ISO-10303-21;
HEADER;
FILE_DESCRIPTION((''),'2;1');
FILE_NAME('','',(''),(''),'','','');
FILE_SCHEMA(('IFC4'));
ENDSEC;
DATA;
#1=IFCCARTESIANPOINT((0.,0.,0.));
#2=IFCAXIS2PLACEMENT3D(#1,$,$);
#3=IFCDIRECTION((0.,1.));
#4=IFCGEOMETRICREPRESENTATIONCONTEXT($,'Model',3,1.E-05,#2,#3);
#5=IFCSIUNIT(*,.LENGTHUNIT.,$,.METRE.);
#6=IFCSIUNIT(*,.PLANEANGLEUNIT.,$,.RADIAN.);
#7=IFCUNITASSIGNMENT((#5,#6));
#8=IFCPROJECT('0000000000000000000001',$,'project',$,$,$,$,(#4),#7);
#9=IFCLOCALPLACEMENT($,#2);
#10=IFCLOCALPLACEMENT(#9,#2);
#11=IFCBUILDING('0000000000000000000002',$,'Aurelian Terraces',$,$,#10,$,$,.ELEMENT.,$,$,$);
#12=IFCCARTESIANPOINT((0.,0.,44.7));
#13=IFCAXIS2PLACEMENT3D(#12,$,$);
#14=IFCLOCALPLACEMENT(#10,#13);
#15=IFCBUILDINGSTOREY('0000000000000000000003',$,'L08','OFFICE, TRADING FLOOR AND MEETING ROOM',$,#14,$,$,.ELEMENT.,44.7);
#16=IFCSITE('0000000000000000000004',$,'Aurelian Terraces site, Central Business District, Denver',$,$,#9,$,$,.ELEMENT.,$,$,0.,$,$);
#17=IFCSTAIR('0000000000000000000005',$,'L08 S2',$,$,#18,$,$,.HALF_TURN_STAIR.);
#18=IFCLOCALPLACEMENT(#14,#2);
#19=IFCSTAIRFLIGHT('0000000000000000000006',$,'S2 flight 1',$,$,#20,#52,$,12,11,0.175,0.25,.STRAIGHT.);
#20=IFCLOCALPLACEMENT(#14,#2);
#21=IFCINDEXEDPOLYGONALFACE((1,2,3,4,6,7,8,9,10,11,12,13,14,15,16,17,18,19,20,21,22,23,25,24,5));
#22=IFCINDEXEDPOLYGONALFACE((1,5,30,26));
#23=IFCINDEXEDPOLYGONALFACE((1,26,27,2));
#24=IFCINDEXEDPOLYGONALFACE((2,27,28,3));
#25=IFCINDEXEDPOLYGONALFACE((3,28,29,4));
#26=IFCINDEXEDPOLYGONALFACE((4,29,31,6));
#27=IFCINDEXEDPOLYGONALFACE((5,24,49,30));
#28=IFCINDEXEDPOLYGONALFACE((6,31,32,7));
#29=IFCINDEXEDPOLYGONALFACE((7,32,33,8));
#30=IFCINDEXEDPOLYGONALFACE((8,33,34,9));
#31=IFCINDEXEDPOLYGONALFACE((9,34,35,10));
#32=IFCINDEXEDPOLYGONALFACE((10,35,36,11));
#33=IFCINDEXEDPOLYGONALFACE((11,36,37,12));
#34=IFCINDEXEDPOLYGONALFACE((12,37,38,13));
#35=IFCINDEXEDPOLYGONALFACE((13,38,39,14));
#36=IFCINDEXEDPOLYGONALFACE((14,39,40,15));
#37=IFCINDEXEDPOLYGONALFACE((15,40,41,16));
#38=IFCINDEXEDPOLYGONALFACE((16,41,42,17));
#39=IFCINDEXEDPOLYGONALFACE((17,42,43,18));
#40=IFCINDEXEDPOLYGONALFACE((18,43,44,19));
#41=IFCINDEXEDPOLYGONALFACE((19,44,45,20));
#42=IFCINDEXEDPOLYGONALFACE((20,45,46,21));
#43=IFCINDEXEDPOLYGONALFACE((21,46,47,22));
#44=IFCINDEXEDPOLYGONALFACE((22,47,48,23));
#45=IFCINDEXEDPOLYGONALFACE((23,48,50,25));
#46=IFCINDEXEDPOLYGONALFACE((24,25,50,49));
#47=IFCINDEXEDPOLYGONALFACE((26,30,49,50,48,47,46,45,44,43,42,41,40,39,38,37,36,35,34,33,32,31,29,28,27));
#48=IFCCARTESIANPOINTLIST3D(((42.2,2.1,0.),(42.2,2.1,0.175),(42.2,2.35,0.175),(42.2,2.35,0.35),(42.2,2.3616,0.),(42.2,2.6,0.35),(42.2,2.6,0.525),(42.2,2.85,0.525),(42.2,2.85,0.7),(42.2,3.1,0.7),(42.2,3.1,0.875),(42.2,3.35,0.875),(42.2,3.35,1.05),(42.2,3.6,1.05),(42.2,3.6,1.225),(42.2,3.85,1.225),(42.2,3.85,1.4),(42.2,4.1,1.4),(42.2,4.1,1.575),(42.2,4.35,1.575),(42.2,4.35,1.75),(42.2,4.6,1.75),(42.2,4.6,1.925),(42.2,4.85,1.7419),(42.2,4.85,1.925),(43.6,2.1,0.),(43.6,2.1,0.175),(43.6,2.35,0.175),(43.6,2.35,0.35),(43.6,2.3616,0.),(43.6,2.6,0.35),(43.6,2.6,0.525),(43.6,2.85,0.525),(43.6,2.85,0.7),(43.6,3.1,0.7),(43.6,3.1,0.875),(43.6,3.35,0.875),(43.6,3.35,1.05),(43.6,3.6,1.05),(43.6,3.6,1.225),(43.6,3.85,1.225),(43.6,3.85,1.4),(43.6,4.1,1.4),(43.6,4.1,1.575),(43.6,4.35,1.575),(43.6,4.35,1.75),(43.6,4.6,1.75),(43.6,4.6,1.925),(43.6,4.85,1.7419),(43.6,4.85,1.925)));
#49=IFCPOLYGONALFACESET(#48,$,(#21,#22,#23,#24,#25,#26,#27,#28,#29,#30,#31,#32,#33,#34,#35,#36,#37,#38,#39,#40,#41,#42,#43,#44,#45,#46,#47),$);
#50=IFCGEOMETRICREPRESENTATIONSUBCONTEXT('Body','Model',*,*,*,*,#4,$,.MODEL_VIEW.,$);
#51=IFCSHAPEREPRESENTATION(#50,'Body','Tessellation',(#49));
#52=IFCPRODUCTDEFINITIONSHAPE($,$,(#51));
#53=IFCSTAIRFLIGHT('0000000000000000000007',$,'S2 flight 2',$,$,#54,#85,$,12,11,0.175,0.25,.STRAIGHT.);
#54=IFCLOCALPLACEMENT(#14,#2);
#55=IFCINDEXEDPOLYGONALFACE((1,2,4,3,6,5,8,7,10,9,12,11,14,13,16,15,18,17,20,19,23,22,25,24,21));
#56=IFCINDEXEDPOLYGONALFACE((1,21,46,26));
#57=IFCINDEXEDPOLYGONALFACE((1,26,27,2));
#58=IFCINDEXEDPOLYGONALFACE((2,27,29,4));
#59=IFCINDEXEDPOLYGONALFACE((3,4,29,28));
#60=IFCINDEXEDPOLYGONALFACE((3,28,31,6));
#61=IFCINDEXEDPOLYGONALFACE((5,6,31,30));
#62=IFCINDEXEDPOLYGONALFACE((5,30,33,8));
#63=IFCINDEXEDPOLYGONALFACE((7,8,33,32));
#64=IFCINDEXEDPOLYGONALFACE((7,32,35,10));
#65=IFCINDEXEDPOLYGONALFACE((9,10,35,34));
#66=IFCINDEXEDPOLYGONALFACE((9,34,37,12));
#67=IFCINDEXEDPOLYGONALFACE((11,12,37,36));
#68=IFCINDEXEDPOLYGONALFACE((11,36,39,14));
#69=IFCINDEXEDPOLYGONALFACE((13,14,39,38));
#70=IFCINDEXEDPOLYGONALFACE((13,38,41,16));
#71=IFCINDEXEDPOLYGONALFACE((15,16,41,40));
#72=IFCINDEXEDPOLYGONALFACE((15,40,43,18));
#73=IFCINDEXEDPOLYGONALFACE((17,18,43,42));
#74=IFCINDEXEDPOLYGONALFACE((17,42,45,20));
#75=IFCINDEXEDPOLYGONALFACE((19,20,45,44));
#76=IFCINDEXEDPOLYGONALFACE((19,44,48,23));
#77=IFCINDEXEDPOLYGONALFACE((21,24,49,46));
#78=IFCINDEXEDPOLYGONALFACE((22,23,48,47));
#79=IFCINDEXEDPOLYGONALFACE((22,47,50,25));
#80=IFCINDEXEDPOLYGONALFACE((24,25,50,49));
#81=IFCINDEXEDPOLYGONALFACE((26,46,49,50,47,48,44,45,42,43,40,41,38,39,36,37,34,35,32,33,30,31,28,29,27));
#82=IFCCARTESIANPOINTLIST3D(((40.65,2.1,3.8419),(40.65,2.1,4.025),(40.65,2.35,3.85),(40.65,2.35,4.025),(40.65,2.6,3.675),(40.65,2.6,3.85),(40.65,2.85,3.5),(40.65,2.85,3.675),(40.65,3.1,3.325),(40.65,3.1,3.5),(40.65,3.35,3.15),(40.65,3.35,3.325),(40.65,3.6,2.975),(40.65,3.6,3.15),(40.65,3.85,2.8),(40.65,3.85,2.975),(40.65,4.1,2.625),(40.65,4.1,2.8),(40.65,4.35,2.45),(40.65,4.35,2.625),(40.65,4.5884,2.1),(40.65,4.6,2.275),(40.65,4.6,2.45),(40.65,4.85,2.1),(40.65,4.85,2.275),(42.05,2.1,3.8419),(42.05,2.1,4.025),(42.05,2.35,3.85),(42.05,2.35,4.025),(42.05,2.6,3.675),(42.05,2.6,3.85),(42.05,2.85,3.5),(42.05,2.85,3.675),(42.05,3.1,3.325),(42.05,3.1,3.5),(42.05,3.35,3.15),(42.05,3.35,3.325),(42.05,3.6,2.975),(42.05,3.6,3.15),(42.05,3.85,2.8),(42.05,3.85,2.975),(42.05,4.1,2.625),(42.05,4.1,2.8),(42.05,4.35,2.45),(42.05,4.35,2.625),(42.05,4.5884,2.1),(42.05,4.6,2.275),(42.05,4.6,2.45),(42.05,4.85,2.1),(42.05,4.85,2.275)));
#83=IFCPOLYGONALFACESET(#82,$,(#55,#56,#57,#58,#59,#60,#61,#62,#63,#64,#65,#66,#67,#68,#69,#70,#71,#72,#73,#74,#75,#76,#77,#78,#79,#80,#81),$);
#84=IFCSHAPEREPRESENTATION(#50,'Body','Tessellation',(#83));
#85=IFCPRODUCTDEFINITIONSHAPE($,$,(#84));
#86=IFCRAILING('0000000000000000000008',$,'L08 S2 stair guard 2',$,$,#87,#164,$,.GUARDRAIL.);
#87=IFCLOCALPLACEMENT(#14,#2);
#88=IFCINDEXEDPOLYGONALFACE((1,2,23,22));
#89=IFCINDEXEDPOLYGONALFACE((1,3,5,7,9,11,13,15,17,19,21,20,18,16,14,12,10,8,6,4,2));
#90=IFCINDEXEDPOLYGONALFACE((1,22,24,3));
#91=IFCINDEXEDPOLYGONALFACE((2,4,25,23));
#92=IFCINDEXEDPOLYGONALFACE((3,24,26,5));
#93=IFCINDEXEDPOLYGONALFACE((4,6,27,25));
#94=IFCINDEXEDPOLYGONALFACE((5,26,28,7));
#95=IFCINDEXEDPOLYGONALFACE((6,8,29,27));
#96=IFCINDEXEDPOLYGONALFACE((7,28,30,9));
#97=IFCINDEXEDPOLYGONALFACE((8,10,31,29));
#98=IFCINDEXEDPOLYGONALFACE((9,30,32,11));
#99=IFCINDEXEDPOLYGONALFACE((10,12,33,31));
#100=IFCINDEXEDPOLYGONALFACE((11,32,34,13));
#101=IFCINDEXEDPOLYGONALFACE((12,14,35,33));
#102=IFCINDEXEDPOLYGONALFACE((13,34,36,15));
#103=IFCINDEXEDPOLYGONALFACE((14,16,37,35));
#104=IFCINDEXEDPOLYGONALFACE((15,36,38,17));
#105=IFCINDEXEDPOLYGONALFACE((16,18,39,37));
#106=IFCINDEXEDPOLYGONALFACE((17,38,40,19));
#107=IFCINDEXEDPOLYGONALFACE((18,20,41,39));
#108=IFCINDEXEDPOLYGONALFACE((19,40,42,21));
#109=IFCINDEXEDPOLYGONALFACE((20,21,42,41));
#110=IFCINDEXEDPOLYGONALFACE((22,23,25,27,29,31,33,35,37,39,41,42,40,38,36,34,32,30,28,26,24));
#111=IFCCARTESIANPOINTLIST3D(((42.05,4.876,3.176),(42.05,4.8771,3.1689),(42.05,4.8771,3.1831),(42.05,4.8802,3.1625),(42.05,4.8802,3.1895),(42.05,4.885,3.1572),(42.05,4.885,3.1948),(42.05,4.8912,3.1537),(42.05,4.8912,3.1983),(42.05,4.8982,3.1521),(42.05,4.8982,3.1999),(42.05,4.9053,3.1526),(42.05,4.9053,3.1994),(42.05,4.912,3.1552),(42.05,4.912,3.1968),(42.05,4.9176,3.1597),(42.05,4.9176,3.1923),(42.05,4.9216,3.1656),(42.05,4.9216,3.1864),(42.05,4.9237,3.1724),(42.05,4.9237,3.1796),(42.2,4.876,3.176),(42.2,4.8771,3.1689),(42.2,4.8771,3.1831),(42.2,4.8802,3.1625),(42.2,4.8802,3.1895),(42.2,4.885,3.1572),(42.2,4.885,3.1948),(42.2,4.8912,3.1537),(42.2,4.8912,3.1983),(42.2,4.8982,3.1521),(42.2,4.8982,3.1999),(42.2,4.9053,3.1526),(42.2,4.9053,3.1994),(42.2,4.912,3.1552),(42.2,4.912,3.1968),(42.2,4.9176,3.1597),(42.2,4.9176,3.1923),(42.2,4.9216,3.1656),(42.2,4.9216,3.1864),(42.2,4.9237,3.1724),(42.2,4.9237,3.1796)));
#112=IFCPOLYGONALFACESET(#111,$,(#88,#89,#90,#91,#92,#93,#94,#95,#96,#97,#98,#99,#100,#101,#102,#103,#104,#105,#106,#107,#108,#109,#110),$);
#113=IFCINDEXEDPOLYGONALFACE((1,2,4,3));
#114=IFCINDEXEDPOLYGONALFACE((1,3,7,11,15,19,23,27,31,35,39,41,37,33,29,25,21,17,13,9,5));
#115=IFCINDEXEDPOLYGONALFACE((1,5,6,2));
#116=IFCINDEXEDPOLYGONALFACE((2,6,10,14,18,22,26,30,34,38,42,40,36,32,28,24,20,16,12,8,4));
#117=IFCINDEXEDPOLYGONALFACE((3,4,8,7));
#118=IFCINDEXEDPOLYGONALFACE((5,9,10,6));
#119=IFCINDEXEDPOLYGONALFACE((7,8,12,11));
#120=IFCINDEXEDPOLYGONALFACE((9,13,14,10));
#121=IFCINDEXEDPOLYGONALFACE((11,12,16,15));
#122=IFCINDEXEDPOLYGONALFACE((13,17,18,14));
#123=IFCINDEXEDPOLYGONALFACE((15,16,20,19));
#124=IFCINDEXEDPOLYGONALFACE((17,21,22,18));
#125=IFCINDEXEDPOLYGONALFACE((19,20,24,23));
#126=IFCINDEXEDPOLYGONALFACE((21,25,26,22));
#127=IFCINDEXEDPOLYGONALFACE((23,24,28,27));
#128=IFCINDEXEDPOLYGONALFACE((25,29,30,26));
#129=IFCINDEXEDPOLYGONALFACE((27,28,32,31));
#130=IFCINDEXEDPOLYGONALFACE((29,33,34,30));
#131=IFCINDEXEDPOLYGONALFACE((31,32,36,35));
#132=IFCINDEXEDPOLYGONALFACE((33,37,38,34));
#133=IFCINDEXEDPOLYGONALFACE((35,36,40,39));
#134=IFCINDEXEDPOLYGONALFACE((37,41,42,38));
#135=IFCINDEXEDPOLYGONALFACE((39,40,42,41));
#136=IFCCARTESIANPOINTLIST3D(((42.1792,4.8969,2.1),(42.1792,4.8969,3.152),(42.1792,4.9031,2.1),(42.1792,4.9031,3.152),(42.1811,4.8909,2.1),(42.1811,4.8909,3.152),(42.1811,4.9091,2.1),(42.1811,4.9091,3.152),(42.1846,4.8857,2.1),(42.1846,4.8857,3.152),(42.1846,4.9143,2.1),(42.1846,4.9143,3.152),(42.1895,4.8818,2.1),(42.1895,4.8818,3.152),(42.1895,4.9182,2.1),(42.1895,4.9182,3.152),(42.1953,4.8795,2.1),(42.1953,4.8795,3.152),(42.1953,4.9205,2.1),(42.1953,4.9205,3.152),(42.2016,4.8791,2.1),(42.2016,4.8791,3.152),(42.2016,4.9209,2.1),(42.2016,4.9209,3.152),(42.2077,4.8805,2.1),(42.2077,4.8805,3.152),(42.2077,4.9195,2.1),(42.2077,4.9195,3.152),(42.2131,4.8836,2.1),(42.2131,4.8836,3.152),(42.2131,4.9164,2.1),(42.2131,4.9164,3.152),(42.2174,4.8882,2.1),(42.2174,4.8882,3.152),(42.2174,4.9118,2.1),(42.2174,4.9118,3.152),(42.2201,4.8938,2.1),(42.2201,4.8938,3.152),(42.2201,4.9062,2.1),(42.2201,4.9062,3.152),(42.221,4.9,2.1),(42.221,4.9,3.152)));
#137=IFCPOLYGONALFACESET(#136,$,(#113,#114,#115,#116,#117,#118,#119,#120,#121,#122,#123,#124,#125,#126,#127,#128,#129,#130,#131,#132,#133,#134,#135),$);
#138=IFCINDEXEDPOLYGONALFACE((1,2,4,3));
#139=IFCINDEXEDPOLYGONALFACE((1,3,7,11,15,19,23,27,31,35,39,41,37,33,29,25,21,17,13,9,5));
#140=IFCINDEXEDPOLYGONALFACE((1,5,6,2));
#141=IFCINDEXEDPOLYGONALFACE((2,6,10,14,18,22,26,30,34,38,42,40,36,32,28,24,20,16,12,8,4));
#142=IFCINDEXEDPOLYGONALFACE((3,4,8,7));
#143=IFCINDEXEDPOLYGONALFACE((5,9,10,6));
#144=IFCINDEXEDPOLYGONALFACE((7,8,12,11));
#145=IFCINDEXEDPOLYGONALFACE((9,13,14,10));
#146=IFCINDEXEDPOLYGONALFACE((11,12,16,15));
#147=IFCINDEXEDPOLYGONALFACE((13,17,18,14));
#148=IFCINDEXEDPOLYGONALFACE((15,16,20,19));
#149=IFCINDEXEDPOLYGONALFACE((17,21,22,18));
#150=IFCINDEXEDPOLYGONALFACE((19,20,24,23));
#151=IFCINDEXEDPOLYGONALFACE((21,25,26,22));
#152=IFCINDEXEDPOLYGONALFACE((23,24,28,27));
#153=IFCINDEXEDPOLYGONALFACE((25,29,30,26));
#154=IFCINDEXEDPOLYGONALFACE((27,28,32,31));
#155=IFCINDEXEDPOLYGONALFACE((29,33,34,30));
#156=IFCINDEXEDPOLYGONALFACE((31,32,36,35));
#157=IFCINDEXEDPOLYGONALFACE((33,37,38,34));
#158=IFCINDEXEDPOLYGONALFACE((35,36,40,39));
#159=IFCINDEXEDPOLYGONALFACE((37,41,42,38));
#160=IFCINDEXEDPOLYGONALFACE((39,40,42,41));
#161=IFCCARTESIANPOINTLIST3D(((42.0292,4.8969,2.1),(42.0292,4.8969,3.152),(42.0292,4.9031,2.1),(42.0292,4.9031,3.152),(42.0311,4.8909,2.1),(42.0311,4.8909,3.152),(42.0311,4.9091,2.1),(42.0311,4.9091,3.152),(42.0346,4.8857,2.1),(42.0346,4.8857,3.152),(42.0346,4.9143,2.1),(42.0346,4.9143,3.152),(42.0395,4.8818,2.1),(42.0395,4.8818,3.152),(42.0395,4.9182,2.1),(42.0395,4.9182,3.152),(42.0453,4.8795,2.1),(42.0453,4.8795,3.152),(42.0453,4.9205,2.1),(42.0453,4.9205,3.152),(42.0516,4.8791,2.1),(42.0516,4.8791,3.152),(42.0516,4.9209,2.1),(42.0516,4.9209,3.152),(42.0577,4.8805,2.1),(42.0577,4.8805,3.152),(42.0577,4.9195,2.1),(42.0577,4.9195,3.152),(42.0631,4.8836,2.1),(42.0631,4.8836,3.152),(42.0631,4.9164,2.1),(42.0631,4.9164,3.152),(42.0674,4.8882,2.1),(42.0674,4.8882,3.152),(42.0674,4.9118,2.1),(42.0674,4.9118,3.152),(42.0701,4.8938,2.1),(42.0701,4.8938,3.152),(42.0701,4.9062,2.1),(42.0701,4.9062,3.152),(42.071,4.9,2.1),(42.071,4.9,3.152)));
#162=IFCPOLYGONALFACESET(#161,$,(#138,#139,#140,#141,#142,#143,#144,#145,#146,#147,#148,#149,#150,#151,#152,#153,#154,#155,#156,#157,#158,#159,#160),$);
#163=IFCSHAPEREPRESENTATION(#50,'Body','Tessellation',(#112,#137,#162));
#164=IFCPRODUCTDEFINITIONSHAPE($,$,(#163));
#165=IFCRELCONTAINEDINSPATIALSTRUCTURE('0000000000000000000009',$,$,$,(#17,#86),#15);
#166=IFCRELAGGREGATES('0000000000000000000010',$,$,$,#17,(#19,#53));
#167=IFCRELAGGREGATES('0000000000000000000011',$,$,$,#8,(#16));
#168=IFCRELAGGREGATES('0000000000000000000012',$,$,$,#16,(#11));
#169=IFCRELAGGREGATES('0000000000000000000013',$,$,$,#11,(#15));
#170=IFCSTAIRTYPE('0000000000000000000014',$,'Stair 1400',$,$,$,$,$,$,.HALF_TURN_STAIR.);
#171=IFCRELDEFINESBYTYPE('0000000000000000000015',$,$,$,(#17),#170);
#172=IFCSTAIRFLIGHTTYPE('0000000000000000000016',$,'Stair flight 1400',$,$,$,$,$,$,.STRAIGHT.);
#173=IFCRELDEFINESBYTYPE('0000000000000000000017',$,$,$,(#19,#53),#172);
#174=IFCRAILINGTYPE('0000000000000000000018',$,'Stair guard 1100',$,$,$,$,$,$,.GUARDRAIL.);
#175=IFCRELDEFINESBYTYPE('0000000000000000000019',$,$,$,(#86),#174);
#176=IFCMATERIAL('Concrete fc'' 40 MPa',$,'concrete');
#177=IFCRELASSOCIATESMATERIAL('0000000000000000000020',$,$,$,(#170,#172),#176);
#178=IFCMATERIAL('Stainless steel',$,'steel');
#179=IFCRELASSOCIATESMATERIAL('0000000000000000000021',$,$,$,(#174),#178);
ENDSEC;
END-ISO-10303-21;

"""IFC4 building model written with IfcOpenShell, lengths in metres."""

from ifc_helpers import new_model, si_unit, direction, frame, origin, origin_2d, place, context, subcontext, project, spatial, polyline, circle, outline, extrude, source, transform, mapped, material, type_object, element, aggregate, save


model = new_model("IFC4")

# Units and contexts
model_context = context("Model", 3, precision=1e-05, world=origin(), true_north=direction((0.0, 1.0)))
body_context = subcontext(model_context, "Body", "Model", "MODEL_VIEW")
ifc_project = project(units=[si_unit("LENGTHUNIT", "METRE"), si_unit("PLANEANGLEUNIT", "RADIAN")], contexts=[model_context])

# Site, building, storey
site_placement = place(None, origin())
site = spatial("IfcSite", under=ifc_project, at=site_placement, Name="Aurelian Terraces site, Central Business District, Denver", CompositionType="ELEMENT", RefElevation=0.0)
building_placement = place(site_placement, origin())
building = spatial("IfcBuilding", under=site, at=building_placement, Name="Aurelian Terraces", CompositionType="ELEMENT")
storey_placement = place(building_placement, frame((0.0, 0.0, 44.7)))
storey = spatial("IfcBuildingStorey", under=building, at=storey_placement, Name="L08", Description="OFFICE, TRADING FLOOR AND MEETING ROOM", CompositionType="ELEMENT", Elevation=44.7)

# Shared definitions
ifc_material_1 = material(Name="Concrete fc' 40 MPa", Category="concrete")

# Stair, stair flights
stair_type = type_object("IfcStairType", Name="Stair 1400", PredefinedType="HALF_TURN_STAIR", material=ifc_material_1)
stair_placement = place(storey_placement, origin())
stair = element("IfcStair", 1, at=stair_placement, inside=storey, type_object=stair_type, Name="L08 S2", PredefinedType="HALF_TURN_STAIR")
stair_flight_type = type_object("IfcStairFlightType", Name="Stair flight 1400", PredefinedType="STRAIGHT", material=ifc_material_1)
shared_shape_1 = source(origin(), body_context, "Body", "SweptSolid", [
    extrude(outline(polyline([(0.0, 0.0), (0.0, 0.175), (0.25, 0.175), (0.25, 0.35), (0.5, 0.35), (0.5, 0.525), (0.75, 0.525), (0.75, 0.7), (1.0, 0.7), (1.0, 0.875), (1.25, 0.875), (1.25, 1.05), (1.5, 1.05), (1.5, 1.225), (1.75, 1.225), (1.75, 1.4), (2.0, 1.4), (2.0, 1.575), (2.25, 1.575), (2.25, 1.75), (2.5, 1.75), (2.5, 1.925), (2.75, 1.925), (2.75, 2.1), (2.75, 1.7419), (0.2616, 0.0), (0.0, 0.0)])), frame((0.0, 0.7, 0.0), z_axis=(0.0, -1.0, 0.0), x_axis=(1.0, 0.0, 0.0)), (0.0, 0.0, 1.0), 1.4),
])
stair_flight_1_placement = place(storey_placement, frame((42.9, 2.1, 0.0), z_axis=(0.0, 0.0, 1.0), x_axis=(0.0, 1.0, 0.0)))
stair_flight_1 = element("IfcStairFlight", 2, at=stair_flight_1_placement, type_object=stair_flight_type, Name="S2 flight 1", NumberOfRisers=12, NumberOfTreads=11, PredefinedType="STRAIGHT", RiserHeight=0.175, TreadLength=0.25, context=body_context, shape_type="MappedRepresentation", body=[
    mapped(shared_shape_1, transform((0.0, 0.0, 0.0), scale=1.0)),
])
stair_flight_2_placement = place(storey_placement, frame((41.35, 4.85, 2.1), z_axis=(0.0, 0.0, 1.0), x_axis=(0.0, -1.0, 0.0)))
stair_flight_2 = element("IfcStairFlight", 3, at=stair_flight_2_placement, type_object=stair_flight_type, Name="S2 flight 2", NumberOfRisers=12, NumberOfTreads=11, PredefinedType="STRAIGHT", RiserHeight=0.175, TreadLength=0.25, context=body_context, shape_type="MappedRepresentation", body=[
    mapped(shared_shape_1, transform((0.0, 0.0, 0.0), scale=1.0)),
])
aggregate(stair, [stair_flight_1, stair_flight_2])

# Railing
ifc_material_2 = material(Name="Stainless steel", Category="steel")
railing_type_1 = type_object("IfcRailingType", Name="Stair guard 1100", PredefinedType="GUARDRAIL", material=ifc_material_2)
shared_shape_2 = source(origin(), body_context, "Body", "SweptSolid", [
    extrude(circle(Radius=0.024, at=origin_2d()), frame((0.0, 0.0, 1.076), z_axis=(-1.0, 0.0, 0.0), x_axis=(0.0, -1.0, 0.0)), (0.0, 0.0, 1.0), 0.15),
    extrude(circle(Radius=0.021, at=origin_2d()), origin(), (0.0, 0.0, 1.0), 1.052),
    extrude(circle(Radius=0.021, at=origin_2d()), frame((-0.15, 0.0, 0.0)), (0.0, 0.0, 1.0), 1.052),
])
for number, where, name in (
    (4, (42.2, 4.9, 2.1), "L08 S2 stair guard 2"),
):
    element("IfcRailing", number, at=place(storey_placement, frame(where)), inside=storey, type_object=railing_type_1, Name=name, PredefinedType="GUARDRAIL", context=body_context, shape_type="MappedRepresentation", body=[
        mapped(shared_shape_2, transform((0.0, 0.0, 0.0), scale=1.0)),
    ])

save(model, "model.ifc")
